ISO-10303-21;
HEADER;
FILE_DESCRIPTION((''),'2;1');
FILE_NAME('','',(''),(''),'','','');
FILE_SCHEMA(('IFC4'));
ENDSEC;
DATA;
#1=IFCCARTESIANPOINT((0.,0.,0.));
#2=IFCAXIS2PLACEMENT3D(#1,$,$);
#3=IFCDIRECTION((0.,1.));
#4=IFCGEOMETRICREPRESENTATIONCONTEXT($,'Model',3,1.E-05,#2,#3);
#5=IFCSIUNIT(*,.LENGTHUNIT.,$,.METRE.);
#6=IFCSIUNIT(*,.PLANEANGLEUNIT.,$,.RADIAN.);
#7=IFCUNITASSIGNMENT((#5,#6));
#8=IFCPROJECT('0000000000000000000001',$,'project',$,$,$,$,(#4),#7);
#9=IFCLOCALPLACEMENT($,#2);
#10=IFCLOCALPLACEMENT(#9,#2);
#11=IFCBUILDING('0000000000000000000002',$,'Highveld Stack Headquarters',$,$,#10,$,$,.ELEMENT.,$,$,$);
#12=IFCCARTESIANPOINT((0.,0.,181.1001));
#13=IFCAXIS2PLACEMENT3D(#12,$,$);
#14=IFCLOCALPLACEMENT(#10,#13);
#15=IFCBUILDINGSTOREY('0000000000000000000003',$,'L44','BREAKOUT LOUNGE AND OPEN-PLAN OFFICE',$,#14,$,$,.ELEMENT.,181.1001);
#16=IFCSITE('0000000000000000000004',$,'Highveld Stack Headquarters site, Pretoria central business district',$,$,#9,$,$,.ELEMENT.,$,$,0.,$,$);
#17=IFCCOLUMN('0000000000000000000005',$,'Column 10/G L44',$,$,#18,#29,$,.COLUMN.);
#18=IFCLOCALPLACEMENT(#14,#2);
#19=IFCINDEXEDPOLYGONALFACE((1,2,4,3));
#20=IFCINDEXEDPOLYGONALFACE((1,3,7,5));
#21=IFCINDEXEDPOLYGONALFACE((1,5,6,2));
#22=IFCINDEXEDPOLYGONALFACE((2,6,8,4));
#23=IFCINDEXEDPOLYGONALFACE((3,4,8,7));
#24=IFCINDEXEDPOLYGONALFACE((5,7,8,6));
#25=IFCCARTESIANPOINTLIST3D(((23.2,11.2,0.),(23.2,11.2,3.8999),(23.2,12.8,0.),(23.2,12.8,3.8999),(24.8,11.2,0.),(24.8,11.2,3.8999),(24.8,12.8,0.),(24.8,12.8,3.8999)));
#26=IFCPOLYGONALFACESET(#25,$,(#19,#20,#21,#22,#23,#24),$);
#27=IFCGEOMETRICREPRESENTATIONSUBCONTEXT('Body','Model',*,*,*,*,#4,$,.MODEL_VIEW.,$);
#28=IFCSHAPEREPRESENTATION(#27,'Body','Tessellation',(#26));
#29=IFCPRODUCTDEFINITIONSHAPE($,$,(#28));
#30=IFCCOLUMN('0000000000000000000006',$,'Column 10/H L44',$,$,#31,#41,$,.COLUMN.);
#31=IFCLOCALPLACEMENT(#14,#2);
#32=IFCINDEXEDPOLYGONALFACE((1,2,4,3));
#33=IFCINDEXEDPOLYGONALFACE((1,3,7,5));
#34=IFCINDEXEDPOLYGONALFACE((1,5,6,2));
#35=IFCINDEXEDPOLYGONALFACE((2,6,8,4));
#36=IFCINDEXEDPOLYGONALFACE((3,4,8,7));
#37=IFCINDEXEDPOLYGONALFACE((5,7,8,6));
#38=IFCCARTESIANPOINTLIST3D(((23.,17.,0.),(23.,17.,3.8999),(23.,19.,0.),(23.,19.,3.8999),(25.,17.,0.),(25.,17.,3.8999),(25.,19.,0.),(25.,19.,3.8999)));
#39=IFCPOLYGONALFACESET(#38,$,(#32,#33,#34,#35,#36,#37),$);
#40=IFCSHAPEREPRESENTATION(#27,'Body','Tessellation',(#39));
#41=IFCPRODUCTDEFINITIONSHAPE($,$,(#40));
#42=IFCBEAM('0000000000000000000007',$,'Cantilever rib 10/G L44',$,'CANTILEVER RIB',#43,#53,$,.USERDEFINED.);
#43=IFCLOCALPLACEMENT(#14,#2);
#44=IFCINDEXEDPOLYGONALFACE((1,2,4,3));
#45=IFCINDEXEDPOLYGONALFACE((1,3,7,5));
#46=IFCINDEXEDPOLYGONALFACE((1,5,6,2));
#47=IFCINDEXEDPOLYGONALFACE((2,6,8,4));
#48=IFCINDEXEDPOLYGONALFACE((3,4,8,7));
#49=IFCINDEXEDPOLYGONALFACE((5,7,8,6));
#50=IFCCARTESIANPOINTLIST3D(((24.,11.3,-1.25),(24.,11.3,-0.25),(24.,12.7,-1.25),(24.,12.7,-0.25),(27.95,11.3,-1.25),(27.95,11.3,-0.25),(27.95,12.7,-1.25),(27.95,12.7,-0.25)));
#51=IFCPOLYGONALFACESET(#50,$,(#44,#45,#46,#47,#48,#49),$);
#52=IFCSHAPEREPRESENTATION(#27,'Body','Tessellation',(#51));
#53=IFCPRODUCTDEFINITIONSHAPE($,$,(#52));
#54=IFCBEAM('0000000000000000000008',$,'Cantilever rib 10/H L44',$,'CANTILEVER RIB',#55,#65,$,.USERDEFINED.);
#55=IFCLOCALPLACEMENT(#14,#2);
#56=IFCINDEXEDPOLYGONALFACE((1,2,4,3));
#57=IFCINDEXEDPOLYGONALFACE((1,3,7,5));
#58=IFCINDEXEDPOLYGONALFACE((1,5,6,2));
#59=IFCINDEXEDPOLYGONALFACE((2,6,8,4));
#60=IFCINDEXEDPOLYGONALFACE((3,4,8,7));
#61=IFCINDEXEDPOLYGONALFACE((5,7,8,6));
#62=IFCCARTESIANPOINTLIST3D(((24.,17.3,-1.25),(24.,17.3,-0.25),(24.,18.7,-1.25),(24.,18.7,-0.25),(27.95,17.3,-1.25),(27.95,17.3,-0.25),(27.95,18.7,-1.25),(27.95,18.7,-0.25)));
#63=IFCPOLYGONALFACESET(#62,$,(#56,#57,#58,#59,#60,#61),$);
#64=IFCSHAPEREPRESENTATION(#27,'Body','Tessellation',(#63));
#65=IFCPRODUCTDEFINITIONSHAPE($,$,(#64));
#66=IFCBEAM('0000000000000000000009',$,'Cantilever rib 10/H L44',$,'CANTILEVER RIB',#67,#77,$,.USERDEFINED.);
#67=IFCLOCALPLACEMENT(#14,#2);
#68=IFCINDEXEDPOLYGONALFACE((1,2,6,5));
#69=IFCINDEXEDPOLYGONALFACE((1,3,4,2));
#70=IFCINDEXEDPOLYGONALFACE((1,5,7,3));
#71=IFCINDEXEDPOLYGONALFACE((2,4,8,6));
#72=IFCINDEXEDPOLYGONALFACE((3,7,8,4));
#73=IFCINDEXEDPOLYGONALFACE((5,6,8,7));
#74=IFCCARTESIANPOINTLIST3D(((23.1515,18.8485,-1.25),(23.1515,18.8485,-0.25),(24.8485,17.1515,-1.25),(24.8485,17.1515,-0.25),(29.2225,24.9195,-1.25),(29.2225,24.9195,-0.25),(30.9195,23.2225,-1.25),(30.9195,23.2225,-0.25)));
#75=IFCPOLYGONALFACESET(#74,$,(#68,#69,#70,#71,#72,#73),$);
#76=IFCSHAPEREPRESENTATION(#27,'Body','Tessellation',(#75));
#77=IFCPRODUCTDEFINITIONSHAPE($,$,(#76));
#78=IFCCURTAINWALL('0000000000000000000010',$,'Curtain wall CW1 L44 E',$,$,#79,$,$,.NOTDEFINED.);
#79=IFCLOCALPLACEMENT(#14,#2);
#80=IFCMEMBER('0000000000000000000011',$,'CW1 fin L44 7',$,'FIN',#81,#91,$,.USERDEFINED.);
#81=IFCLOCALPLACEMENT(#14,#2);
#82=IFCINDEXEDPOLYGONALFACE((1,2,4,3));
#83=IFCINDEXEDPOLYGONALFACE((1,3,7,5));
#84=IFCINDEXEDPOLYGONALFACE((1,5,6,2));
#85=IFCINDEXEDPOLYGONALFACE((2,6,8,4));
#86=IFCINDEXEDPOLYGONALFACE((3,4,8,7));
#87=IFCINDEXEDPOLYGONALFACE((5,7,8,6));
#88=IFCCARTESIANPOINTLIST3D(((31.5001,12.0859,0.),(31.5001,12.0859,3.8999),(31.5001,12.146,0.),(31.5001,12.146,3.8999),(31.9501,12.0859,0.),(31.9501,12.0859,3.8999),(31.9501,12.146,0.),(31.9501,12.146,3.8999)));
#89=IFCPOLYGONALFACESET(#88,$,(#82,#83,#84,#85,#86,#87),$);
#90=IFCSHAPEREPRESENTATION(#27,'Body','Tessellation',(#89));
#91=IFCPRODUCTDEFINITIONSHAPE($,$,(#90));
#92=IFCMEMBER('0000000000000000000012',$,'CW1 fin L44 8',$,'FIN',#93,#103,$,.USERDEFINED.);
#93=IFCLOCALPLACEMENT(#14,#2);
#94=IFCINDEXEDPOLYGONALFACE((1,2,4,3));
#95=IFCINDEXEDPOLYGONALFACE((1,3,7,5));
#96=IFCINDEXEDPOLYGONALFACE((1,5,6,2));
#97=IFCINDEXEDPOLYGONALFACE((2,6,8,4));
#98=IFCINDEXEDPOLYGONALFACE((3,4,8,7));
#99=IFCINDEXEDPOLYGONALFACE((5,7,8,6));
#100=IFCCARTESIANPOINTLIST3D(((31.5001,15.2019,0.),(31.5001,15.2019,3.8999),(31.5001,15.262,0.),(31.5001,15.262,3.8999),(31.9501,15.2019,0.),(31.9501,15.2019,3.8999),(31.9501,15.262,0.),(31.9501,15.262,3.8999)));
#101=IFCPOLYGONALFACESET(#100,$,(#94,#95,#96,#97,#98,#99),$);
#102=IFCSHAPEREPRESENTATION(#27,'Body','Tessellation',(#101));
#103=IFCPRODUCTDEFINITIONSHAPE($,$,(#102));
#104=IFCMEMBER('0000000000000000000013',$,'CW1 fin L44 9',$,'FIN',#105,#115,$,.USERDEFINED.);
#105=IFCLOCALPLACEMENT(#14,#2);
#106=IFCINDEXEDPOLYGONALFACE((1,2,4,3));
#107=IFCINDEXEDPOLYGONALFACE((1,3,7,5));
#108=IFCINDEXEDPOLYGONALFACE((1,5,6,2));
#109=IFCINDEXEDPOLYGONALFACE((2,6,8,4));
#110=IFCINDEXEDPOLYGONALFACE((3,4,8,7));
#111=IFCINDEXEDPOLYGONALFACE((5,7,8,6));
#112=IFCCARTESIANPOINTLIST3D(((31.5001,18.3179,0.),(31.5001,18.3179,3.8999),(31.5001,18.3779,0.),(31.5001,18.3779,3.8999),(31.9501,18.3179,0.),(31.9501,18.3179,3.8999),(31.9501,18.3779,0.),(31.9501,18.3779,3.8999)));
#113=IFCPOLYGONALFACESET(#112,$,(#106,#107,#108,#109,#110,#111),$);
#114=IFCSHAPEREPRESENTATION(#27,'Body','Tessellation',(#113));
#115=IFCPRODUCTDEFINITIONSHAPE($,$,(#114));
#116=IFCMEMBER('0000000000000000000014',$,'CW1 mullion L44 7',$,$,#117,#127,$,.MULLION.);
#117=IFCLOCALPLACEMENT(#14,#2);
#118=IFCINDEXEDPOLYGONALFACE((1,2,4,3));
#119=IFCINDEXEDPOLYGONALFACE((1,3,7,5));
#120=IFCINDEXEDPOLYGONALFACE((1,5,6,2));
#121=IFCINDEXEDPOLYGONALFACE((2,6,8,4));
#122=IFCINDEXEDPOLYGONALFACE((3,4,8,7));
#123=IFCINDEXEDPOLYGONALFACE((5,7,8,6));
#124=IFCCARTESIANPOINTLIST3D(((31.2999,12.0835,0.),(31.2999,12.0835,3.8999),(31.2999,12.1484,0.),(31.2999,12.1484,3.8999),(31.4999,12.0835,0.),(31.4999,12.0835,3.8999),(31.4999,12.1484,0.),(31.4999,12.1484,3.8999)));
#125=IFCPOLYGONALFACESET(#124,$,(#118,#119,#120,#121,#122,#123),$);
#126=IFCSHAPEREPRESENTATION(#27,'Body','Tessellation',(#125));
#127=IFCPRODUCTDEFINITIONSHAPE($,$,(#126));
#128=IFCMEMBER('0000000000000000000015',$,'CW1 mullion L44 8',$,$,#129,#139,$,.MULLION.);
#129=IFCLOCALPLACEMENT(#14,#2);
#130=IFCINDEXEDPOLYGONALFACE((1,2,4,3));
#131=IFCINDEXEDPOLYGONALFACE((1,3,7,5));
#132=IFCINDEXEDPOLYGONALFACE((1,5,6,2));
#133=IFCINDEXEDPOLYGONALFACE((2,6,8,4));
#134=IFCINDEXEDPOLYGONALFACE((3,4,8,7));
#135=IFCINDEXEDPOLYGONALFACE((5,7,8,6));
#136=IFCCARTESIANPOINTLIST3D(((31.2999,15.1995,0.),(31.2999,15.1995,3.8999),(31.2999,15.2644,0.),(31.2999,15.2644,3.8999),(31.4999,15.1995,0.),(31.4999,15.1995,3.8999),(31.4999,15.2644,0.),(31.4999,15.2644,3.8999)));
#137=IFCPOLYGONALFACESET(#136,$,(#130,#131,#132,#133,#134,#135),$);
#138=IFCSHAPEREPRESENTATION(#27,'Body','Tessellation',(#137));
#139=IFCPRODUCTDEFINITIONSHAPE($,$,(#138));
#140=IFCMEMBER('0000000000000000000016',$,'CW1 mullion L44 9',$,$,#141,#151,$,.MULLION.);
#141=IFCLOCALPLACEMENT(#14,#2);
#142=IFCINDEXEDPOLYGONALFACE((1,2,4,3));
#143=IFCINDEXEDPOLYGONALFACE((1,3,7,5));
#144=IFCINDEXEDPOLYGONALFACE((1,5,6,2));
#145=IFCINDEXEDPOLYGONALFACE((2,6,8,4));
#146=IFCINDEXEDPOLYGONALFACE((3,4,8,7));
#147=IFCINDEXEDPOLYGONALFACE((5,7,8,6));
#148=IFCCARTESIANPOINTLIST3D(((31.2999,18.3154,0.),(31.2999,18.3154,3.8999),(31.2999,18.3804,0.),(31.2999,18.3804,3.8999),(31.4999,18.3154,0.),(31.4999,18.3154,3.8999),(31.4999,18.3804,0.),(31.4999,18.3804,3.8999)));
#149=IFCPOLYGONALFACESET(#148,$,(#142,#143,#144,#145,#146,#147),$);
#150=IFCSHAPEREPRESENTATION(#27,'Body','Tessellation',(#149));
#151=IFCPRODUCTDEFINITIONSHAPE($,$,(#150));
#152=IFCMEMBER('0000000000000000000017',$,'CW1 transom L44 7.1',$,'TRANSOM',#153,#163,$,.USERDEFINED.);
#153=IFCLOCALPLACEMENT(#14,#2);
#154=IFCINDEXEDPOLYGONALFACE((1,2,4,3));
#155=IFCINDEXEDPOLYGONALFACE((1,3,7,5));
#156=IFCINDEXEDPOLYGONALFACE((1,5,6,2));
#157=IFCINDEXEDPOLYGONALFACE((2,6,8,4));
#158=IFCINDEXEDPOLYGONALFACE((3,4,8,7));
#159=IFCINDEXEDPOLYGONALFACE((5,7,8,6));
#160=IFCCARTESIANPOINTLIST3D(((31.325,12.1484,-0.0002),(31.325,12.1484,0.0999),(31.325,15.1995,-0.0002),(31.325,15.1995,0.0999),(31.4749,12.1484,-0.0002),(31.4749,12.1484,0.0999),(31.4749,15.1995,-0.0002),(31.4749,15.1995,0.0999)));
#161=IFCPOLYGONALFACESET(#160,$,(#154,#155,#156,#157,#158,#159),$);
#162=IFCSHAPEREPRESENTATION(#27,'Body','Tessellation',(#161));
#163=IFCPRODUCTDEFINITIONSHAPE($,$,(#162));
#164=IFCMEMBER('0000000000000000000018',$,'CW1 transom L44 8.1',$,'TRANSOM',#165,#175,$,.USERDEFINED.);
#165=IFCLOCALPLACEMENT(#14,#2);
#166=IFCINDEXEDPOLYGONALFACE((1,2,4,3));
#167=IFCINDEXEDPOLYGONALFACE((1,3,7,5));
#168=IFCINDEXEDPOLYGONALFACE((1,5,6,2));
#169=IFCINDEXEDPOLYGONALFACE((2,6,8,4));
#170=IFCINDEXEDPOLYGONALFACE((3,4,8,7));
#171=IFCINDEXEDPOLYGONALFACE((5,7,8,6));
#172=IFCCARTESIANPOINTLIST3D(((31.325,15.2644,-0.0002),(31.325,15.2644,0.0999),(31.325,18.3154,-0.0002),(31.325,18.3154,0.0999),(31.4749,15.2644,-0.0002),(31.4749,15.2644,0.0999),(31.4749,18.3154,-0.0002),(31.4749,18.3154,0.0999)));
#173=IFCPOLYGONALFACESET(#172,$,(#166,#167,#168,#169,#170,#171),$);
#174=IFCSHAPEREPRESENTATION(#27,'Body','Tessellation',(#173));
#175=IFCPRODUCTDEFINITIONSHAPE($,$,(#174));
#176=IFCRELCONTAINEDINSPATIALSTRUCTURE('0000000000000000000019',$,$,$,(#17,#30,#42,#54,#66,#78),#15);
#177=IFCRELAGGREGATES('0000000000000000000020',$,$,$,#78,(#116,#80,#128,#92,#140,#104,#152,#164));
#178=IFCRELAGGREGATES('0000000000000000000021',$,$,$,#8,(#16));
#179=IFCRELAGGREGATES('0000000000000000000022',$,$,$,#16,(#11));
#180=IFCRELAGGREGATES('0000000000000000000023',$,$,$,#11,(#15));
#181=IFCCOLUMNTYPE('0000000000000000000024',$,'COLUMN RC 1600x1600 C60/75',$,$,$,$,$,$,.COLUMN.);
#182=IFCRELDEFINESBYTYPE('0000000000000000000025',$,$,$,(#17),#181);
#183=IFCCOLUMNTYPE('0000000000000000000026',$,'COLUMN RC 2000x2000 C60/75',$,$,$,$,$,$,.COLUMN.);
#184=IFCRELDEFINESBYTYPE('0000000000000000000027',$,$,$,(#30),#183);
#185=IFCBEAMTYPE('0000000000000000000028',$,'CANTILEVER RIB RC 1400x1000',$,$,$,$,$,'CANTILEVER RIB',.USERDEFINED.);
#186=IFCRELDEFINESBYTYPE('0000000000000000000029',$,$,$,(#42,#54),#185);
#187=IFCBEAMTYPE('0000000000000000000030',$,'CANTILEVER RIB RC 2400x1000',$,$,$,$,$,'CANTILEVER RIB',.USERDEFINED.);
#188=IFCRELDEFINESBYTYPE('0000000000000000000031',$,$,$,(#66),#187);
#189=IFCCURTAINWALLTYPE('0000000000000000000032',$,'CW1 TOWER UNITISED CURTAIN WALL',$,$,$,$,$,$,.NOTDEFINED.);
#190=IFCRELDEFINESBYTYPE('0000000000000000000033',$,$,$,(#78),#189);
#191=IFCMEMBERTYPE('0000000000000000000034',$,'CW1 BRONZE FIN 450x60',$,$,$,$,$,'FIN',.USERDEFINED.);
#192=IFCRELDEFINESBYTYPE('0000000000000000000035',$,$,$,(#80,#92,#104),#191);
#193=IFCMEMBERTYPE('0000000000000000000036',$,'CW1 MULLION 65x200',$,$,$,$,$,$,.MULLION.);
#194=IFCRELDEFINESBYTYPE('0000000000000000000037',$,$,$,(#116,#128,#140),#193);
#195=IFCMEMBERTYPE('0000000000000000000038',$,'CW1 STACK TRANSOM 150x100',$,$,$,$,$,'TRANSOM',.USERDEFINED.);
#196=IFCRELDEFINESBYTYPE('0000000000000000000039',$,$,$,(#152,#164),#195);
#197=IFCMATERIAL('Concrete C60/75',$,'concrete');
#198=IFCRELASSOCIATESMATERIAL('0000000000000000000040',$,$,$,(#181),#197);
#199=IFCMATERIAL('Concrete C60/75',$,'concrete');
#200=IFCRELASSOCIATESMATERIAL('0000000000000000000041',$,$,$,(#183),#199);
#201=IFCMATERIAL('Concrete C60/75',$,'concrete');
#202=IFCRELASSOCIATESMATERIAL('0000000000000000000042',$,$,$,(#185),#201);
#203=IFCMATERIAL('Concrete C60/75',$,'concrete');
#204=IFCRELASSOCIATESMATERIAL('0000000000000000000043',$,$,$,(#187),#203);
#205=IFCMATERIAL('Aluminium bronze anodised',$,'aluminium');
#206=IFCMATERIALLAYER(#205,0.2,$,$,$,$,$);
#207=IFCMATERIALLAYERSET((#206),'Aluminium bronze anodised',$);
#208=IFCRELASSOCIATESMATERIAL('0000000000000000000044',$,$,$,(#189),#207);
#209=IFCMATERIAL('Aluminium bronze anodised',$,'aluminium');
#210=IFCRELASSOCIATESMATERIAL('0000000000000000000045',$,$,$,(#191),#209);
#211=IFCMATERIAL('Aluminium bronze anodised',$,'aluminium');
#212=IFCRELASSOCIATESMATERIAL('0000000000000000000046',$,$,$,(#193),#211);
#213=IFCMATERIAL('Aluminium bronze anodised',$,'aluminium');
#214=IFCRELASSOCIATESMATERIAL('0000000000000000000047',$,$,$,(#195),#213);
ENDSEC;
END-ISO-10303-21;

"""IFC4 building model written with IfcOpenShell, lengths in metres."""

from ifc_helpers import new_model, si_unit, direction, frame, origin, origin_2d, place, context, subcontext, project, spatial, rectangle, extrude, material, layer, layer_set, material_profile, profile_set, type_object, element, aggregate, save


model = new_model("IFC4")

# Units and contexts
model_context = context("Model", 3, precision=1e-05, world=origin(), true_north=direction((0.0, 1.0)))
body_context = subcontext(model_context, "Body", "Model", "MODEL_VIEW")
ifc_project = project(units=[si_unit("LENGTHUNIT", "METRE"), si_unit("PLANEANGLEUNIT", "RADIAN")], contexts=[model_context])

# Site, building, storey
site_placement = place(None, origin())
site = spatial("IfcSite", under=ifc_project, at=site_placement, Name="Highveld Stack Headquarters site, Pretoria central business district", CompositionType="ELEMENT", RefElevation=0.0)
building_placement = place(site_placement, origin())
building = spatial("IfcBuilding", under=site, at=building_placement, Name="Highveld Stack Headquarters", CompositionType="ELEMENT")
storey_placement = place(building_placement, frame((0.0, 0.0, 181.1001)))
storey = spatial("IfcBuildingStorey", under=building, at=storey_placement, Name="L44", Description="BREAKOUT LOUNGE AND OPEN-PLAN OFFICE", CompositionType="ELEMENT", Elevation=181.1001)

# Columns
ifc_material_1 = material(Name="Concrete C60/75", Category="concrete")
ifc_material_profile_1 = material_profile(ifc_material_1, rectangle(XDim=1.6001, YDim=1.6001, at=origin_2d()), Name="RC 1600x1600")
ifc_profile_set_1 = profile_set([ifc_material_profile_1], Name="Concrete C60/75")
column_type_1 = type_object("IfcColumnType", Name="COLUMN RC 1600x1600 C60/75", PredefinedType="COLUMN", material=ifc_profile_set_1)
column_1_placement = place(storey_placement, frame((24.0, 12.0, 0.0), z_axis=(0.0, 0.0, 1.0), x_axis=(1.0, 0.0, 0.0)))
element("IfcColumn", 1, at=column_1_placement, inside=storey, type_object=column_type_1, Name="Column 10/G L44", PredefinedType="COLUMN", context=body_context, shape_type="SweptSolid", body=[
    extrude(rectangle(XDim=1.6001, YDim=1.6001, at=origin_2d()), origin(), (0.0, 0.0, 1.0), 3.8999),
])
ifc_material_2 = material(Name="Concrete C60/75", Category="concrete")
ifc_material_profile_2 = material_profile(ifc_material_2, rectangle(XDim=2.0, YDim=2.0, at=origin_2d()), Name="RC 2000x2000")
ifc_profile_set_2 = profile_set([ifc_material_profile_2], Name="Concrete C60/75")
column_type_2 = type_object("IfcColumnType", Name="COLUMN RC 2000x2000 C60/75", PredefinedType="COLUMN", material=ifc_profile_set_2)
column_2_placement = place(storey_placement, frame((24.0, 18.0, 0.0), z_axis=(0.0, 0.0, 1.0), x_axis=(1.0, 0.0, 0.0)))
element("IfcColumn", 2, at=column_2_placement, inside=storey, type_object=column_type_2, Name="Column 10/H L44", PredefinedType="COLUMN", context=body_context, shape_type="SweptSolid", body=[
    extrude(rectangle(XDim=2.0, YDim=2.0, at=origin_2d()), origin(), (0.0, 0.0, 1.0), 3.8999),
])

# Beams
ifc_material_3 = material(Name="Concrete C60/75", Category="concrete")
ifc_material_profile_3 = material_profile(ifc_material_3, rectangle(XDim=1.3999, YDim=1.0, at=origin_2d()), Name="RC 1400x1000")
ifc_profile_set_3 = profile_set([ifc_material_profile_3], Name="Concrete C60/75")
beam_type_1 = type_object("IfcBeamType", Name="CANTILEVER RIB RC 1400x1000", ElementType="CANTILEVER RIB", PredefinedType="USERDEFINED", material=ifc_profile_set_3)
for number, where, z_axis, x_axis, name in (
    (3, (24.0, 12.0, -0.75), (1.0, 0.0, 0.0), (0.0, 1.0, 0.0), "Cantilever rib 10/G L44"),
    (4, (24.0, 18.0, -0.75), (1.0, 0.0, 0.0), (0.0, 1.0, 0.0), "Cantilever rib 10/H L44"),
):
    element("IfcBeam", number, at=place(storey_placement, frame(where, z_axis=z_axis, x_axis=x_axis)), inside=storey, type_object=beam_type_1, Name=name, ObjectType="CANTILEVER RIB", PredefinedType="USERDEFINED", context=body_context, shape_type="SweptSolid", body=[
        extrude(rectangle(XDim=1.3999, YDim=1.0, at=origin_2d()), origin(), (0.0, 0.0, 1.0), 3.95),
    ])
ifc_material_4 = material(Name="Concrete C60/75", Category="concrete")
ifc_material_profile_4 = material_profile(ifc_material_4, rectangle(XDim=2.3999, YDim=1.0, at=origin_2d()), Name="RC 2400x1000")
ifc_profile_set_4 = profile_set([ifc_material_profile_4], Name="Concrete C60/75")
beam_type_2 = type_object("IfcBeamType", Name="CANTILEVER RIB RC 2400x1000", ElementType="CANTILEVER RIB", PredefinedType="USERDEFINED", material=ifc_profile_set_4)
beam_1_placement = place(storey_placement, frame((24.0, 18.0, -0.75), z_axis=(0.707107, 0.707107, 0.0), x_axis=(-0.707107, 0.707107, 0.0)))
element("IfcBeam", 5, at=beam_1_placement, inside=storey, type_object=beam_type_2, Name="Cantilever rib 10/H L44", ObjectType="CANTILEVER RIB", PredefinedType="USERDEFINED", context=body_context, shape_type="SweptSolid", body=[
    extrude(rectangle(XDim=2.3999, YDim=1.0, at=origin_2d()), origin(), (0.0, 0.0, 1.0), 8.5857),
])

# Curtain wall, members
ifc_material_5 = material(Name="Aluminium bronze anodised", Category="aluminium")
ifc_layer_1 = layer(ifc_material_5, 0.2)
ifc_layer_set_1 = layer_set([ifc_layer_1], Name="Aluminium bronze anodised")
curtain_wall_type = type_object("IfcCurtainWallType", Name="CW1 TOWER UNITISED CURTAIN WALL", PredefinedType="NOTDEFINED", material=ifc_layer_set_1)
curtain_wall_placement = place(storey_placement, origin())
curtain_wall = element("IfcCurtainWall", 6, at=curtain_wall_placement, inside=storey, type_object=curtain_wall_type, Name="Curtain wall CW1 L44 E", PredefinedType="NOTDEFINED")
ifc_material_6 = material(Name="Aluminium bronze anodised", Category="aluminium")
ifc_material_profile_5 = material_profile(ifc_material_6, rectangle(XDim=0.45, YDim=0.0601, at=origin_2d()), Name="FIN 450x60")
ifc_profile_set_5 = profile_set([ifc_material_profile_5], Name="Aluminium bronze anodised")
member_type_1 = type_object("IfcMemberType", Name="CW1 BRONZE FIN 450x60", ElementType="FIN", PredefinedType="USERDEFINED", material=ifc_profile_set_5)
member_1_placement = place(storey_placement, frame((31.7251, 12.116, 0.0), z_axis=(0.0, 0.0, 1.0), x_axis=(-1.0, 0.0, 0.0)))
member_1 = element("IfcMember", 7, at=member_1_placement, type_object=member_type_1, Name="CW1 fin L44 7", ObjectType="FIN", PredefinedType="USERDEFINED", context=body_context, shape_type="SweptSolid", body=[
    extrude(rectangle(XDim=0.45, YDim=0.0601, at=origin_2d()), origin(), (0.0, 0.0, 1.0), 3.8999),
])
member_2_placement = place(storey_placement, frame((31.7251, 15.2319, 0.0), z_axis=(0.0, 0.0, 1.0), x_axis=(-1.0, 0.0, 0.0)))
member_2 = element("IfcMember", 8, at=member_2_placement, type_object=member_type_1, Name="CW1 fin L44 8", ObjectType="FIN", PredefinedType="USERDEFINED", context=body_context, shape_type="SweptSolid", body=[
    extrude(rectangle(XDim=0.45, YDim=0.0601, at=origin_2d()), origin(), (0.0, 0.0, 1.0), 3.8999),
])
member_3_placement = place(storey_placement, frame((31.7251, 18.3479, 0.0), z_axis=(0.0, 0.0, 1.0), x_axis=(-1.0, 0.0, 0.0)))
member_3 = element("IfcMember", 9, at=member_3_placement, type_object=member_type_1, Name="CW1 fin L44 9", ObjectType="FIN", PredefinedType="USERDEFINED", context=body_context, shape_type="SweptSolid", body=[
    extrude(rectangle(XDim=0.45, YDim=0.0601, at=origin_2d()), origin(), (0.0, 0.0, 1.0), 3.8999),
])
ifc_material_7 = material(Name="Aluminium bronze anodised", Category="aluminium")
ifc_material_profile_6 = material_profile(ifc_material_7, rectangle(XDim=0.2, YDim=0.0649, at=origin_2d()), Name="CW1 MULLION 65x200")
ifc_profile_set_6 = profile_set([ifc_material_profile_6], Name="Aluminium bronze anodised")
member_type_2 = type_object("IfcMemberType", Name="CW1 MULLION 65x200", PredefinedType="MULLION", material=ifc_profile_set_6)
member_4_placement = place(storey_placement, frame((31.3999, 12.116, 0.0), z_axis=(0.0, 0.0, 1.0), x_axis=(-1.0, 0.0, 0.0)))
member_4 = element("IfcMember", 10, at=member_4_placement, type_object=member_type_2, Name="CW1 mullion L44 7", PredefinedType="MULLION", context=body_context, shape_type="SweptSolid", body=[
    extrude(rectangle(XDim=0.2, YDim=0.0649, at=origin_2d()), origin(), (0.0, 0.0, 1.0), 3.8999),
])
member_5_placement = place(storey_placement, frame((31.3999, 15.2319, 0.0), z_axis=(0.0, 0.0, 1.0), x_axis=(-1.0, 0.0, 0.0)))
member_5 = element("IfcMember", 11, at=member_5_placement, type_object=member_type_2, Name="CW1 mullion L44 8", PredefinedType="MULLION", context=body_context, shape_type="SweptSolid", body=[
    extrude(rectangle(XDim=0.2, YDim=0.0649, at=origin_2d()), origin(), (0.0, 0.0, 1.0), 3.8999),
])
member_6_placement = place(storey_placement, frame((31.3999, 18.3479, 0.0), z_axis=(0.0, 0.0, 1.0), x_axis=(-1.0, 0.0, 0.0)))
member_6 = element("IfcMember", 12, at=member_6_placement, type_object=member_type_2, Name="CW1 mullion L44 9", PredefinedType="MULLION", context=body_context, shape_type="SweptSolid", body=[
    extrude(rectangle(XDim=0.2, YDim=0.0649, at=origin_2d()), origin(), (0.0, 0.0, 1.0), 3.8999),
])
ifc_material_8 = material(Name="Aluminium bronze anodised", Category="aluminium")
ifc_material_profile_7 = material_profile(ifc_material_8, rectangle(XDim=0.1499, YDim=0.1001, at=origin_2d()), Name="CW1 TRANSOM 150x100")
ifc_profile_set_7 = profile_set([ifc_material_profile_7], Name="Aluminium bronze anodised")
member_type_3 = type_object("IfcMemberType", Name="CW1 STACK TRANSOM 150x100", ElementType="TRANSOM", PredefinedType="USERDEFINED", material=ifc_profile_set_7)
member_7_placement = place(storey_placement, frame((31.3999, 12.1484, 0.0498), z_axis=(0.0, 1.0, 0.0), x_axis=(-1.0, 0.0, 0.0)))
member_7 = element("IfcMember", 13, at=member_7_placement, type_object=member_type_3, Name="CW1 transom L44 7.1", ObjectType="TRANSOM", PredefinedType="USERDEFINED", context=body_context, shape_type="SweptSolid", body=[
    extrude(rectangle(XDim=0.1499, YDim=0.1001, at=origin_2d()), origin(), (0.0, 0.0, 1.0), 3.051),
])
member_8_placement = place(storey_placement, frame((31.3999, 15.2644, 0.0498), z_axis=(0.0, 1.0, 0.0), x_axis=(-1.0, 0.0, 0.0)))
member_8 = element("IfcMember", 14, at=member_8_placement, type_object=member_type_3, Name="CW1 transom L44 8.1", ObjectType="TRANSOM", PredefinedType="USERDEFINED", context=body_context, shape_type="SweptSolid", body=[
    extrude(rectangle(XDim=0.1499, YDim=0.1001, at=origin_2d()), origin(), (0.0, 0.0, 1.0), 3.051),
])

aggregate(curtain_wall, [member_4, member_1, member_5, member_2, member_6, member_3, member_7, member_8])

save(model, "model.ifc")
